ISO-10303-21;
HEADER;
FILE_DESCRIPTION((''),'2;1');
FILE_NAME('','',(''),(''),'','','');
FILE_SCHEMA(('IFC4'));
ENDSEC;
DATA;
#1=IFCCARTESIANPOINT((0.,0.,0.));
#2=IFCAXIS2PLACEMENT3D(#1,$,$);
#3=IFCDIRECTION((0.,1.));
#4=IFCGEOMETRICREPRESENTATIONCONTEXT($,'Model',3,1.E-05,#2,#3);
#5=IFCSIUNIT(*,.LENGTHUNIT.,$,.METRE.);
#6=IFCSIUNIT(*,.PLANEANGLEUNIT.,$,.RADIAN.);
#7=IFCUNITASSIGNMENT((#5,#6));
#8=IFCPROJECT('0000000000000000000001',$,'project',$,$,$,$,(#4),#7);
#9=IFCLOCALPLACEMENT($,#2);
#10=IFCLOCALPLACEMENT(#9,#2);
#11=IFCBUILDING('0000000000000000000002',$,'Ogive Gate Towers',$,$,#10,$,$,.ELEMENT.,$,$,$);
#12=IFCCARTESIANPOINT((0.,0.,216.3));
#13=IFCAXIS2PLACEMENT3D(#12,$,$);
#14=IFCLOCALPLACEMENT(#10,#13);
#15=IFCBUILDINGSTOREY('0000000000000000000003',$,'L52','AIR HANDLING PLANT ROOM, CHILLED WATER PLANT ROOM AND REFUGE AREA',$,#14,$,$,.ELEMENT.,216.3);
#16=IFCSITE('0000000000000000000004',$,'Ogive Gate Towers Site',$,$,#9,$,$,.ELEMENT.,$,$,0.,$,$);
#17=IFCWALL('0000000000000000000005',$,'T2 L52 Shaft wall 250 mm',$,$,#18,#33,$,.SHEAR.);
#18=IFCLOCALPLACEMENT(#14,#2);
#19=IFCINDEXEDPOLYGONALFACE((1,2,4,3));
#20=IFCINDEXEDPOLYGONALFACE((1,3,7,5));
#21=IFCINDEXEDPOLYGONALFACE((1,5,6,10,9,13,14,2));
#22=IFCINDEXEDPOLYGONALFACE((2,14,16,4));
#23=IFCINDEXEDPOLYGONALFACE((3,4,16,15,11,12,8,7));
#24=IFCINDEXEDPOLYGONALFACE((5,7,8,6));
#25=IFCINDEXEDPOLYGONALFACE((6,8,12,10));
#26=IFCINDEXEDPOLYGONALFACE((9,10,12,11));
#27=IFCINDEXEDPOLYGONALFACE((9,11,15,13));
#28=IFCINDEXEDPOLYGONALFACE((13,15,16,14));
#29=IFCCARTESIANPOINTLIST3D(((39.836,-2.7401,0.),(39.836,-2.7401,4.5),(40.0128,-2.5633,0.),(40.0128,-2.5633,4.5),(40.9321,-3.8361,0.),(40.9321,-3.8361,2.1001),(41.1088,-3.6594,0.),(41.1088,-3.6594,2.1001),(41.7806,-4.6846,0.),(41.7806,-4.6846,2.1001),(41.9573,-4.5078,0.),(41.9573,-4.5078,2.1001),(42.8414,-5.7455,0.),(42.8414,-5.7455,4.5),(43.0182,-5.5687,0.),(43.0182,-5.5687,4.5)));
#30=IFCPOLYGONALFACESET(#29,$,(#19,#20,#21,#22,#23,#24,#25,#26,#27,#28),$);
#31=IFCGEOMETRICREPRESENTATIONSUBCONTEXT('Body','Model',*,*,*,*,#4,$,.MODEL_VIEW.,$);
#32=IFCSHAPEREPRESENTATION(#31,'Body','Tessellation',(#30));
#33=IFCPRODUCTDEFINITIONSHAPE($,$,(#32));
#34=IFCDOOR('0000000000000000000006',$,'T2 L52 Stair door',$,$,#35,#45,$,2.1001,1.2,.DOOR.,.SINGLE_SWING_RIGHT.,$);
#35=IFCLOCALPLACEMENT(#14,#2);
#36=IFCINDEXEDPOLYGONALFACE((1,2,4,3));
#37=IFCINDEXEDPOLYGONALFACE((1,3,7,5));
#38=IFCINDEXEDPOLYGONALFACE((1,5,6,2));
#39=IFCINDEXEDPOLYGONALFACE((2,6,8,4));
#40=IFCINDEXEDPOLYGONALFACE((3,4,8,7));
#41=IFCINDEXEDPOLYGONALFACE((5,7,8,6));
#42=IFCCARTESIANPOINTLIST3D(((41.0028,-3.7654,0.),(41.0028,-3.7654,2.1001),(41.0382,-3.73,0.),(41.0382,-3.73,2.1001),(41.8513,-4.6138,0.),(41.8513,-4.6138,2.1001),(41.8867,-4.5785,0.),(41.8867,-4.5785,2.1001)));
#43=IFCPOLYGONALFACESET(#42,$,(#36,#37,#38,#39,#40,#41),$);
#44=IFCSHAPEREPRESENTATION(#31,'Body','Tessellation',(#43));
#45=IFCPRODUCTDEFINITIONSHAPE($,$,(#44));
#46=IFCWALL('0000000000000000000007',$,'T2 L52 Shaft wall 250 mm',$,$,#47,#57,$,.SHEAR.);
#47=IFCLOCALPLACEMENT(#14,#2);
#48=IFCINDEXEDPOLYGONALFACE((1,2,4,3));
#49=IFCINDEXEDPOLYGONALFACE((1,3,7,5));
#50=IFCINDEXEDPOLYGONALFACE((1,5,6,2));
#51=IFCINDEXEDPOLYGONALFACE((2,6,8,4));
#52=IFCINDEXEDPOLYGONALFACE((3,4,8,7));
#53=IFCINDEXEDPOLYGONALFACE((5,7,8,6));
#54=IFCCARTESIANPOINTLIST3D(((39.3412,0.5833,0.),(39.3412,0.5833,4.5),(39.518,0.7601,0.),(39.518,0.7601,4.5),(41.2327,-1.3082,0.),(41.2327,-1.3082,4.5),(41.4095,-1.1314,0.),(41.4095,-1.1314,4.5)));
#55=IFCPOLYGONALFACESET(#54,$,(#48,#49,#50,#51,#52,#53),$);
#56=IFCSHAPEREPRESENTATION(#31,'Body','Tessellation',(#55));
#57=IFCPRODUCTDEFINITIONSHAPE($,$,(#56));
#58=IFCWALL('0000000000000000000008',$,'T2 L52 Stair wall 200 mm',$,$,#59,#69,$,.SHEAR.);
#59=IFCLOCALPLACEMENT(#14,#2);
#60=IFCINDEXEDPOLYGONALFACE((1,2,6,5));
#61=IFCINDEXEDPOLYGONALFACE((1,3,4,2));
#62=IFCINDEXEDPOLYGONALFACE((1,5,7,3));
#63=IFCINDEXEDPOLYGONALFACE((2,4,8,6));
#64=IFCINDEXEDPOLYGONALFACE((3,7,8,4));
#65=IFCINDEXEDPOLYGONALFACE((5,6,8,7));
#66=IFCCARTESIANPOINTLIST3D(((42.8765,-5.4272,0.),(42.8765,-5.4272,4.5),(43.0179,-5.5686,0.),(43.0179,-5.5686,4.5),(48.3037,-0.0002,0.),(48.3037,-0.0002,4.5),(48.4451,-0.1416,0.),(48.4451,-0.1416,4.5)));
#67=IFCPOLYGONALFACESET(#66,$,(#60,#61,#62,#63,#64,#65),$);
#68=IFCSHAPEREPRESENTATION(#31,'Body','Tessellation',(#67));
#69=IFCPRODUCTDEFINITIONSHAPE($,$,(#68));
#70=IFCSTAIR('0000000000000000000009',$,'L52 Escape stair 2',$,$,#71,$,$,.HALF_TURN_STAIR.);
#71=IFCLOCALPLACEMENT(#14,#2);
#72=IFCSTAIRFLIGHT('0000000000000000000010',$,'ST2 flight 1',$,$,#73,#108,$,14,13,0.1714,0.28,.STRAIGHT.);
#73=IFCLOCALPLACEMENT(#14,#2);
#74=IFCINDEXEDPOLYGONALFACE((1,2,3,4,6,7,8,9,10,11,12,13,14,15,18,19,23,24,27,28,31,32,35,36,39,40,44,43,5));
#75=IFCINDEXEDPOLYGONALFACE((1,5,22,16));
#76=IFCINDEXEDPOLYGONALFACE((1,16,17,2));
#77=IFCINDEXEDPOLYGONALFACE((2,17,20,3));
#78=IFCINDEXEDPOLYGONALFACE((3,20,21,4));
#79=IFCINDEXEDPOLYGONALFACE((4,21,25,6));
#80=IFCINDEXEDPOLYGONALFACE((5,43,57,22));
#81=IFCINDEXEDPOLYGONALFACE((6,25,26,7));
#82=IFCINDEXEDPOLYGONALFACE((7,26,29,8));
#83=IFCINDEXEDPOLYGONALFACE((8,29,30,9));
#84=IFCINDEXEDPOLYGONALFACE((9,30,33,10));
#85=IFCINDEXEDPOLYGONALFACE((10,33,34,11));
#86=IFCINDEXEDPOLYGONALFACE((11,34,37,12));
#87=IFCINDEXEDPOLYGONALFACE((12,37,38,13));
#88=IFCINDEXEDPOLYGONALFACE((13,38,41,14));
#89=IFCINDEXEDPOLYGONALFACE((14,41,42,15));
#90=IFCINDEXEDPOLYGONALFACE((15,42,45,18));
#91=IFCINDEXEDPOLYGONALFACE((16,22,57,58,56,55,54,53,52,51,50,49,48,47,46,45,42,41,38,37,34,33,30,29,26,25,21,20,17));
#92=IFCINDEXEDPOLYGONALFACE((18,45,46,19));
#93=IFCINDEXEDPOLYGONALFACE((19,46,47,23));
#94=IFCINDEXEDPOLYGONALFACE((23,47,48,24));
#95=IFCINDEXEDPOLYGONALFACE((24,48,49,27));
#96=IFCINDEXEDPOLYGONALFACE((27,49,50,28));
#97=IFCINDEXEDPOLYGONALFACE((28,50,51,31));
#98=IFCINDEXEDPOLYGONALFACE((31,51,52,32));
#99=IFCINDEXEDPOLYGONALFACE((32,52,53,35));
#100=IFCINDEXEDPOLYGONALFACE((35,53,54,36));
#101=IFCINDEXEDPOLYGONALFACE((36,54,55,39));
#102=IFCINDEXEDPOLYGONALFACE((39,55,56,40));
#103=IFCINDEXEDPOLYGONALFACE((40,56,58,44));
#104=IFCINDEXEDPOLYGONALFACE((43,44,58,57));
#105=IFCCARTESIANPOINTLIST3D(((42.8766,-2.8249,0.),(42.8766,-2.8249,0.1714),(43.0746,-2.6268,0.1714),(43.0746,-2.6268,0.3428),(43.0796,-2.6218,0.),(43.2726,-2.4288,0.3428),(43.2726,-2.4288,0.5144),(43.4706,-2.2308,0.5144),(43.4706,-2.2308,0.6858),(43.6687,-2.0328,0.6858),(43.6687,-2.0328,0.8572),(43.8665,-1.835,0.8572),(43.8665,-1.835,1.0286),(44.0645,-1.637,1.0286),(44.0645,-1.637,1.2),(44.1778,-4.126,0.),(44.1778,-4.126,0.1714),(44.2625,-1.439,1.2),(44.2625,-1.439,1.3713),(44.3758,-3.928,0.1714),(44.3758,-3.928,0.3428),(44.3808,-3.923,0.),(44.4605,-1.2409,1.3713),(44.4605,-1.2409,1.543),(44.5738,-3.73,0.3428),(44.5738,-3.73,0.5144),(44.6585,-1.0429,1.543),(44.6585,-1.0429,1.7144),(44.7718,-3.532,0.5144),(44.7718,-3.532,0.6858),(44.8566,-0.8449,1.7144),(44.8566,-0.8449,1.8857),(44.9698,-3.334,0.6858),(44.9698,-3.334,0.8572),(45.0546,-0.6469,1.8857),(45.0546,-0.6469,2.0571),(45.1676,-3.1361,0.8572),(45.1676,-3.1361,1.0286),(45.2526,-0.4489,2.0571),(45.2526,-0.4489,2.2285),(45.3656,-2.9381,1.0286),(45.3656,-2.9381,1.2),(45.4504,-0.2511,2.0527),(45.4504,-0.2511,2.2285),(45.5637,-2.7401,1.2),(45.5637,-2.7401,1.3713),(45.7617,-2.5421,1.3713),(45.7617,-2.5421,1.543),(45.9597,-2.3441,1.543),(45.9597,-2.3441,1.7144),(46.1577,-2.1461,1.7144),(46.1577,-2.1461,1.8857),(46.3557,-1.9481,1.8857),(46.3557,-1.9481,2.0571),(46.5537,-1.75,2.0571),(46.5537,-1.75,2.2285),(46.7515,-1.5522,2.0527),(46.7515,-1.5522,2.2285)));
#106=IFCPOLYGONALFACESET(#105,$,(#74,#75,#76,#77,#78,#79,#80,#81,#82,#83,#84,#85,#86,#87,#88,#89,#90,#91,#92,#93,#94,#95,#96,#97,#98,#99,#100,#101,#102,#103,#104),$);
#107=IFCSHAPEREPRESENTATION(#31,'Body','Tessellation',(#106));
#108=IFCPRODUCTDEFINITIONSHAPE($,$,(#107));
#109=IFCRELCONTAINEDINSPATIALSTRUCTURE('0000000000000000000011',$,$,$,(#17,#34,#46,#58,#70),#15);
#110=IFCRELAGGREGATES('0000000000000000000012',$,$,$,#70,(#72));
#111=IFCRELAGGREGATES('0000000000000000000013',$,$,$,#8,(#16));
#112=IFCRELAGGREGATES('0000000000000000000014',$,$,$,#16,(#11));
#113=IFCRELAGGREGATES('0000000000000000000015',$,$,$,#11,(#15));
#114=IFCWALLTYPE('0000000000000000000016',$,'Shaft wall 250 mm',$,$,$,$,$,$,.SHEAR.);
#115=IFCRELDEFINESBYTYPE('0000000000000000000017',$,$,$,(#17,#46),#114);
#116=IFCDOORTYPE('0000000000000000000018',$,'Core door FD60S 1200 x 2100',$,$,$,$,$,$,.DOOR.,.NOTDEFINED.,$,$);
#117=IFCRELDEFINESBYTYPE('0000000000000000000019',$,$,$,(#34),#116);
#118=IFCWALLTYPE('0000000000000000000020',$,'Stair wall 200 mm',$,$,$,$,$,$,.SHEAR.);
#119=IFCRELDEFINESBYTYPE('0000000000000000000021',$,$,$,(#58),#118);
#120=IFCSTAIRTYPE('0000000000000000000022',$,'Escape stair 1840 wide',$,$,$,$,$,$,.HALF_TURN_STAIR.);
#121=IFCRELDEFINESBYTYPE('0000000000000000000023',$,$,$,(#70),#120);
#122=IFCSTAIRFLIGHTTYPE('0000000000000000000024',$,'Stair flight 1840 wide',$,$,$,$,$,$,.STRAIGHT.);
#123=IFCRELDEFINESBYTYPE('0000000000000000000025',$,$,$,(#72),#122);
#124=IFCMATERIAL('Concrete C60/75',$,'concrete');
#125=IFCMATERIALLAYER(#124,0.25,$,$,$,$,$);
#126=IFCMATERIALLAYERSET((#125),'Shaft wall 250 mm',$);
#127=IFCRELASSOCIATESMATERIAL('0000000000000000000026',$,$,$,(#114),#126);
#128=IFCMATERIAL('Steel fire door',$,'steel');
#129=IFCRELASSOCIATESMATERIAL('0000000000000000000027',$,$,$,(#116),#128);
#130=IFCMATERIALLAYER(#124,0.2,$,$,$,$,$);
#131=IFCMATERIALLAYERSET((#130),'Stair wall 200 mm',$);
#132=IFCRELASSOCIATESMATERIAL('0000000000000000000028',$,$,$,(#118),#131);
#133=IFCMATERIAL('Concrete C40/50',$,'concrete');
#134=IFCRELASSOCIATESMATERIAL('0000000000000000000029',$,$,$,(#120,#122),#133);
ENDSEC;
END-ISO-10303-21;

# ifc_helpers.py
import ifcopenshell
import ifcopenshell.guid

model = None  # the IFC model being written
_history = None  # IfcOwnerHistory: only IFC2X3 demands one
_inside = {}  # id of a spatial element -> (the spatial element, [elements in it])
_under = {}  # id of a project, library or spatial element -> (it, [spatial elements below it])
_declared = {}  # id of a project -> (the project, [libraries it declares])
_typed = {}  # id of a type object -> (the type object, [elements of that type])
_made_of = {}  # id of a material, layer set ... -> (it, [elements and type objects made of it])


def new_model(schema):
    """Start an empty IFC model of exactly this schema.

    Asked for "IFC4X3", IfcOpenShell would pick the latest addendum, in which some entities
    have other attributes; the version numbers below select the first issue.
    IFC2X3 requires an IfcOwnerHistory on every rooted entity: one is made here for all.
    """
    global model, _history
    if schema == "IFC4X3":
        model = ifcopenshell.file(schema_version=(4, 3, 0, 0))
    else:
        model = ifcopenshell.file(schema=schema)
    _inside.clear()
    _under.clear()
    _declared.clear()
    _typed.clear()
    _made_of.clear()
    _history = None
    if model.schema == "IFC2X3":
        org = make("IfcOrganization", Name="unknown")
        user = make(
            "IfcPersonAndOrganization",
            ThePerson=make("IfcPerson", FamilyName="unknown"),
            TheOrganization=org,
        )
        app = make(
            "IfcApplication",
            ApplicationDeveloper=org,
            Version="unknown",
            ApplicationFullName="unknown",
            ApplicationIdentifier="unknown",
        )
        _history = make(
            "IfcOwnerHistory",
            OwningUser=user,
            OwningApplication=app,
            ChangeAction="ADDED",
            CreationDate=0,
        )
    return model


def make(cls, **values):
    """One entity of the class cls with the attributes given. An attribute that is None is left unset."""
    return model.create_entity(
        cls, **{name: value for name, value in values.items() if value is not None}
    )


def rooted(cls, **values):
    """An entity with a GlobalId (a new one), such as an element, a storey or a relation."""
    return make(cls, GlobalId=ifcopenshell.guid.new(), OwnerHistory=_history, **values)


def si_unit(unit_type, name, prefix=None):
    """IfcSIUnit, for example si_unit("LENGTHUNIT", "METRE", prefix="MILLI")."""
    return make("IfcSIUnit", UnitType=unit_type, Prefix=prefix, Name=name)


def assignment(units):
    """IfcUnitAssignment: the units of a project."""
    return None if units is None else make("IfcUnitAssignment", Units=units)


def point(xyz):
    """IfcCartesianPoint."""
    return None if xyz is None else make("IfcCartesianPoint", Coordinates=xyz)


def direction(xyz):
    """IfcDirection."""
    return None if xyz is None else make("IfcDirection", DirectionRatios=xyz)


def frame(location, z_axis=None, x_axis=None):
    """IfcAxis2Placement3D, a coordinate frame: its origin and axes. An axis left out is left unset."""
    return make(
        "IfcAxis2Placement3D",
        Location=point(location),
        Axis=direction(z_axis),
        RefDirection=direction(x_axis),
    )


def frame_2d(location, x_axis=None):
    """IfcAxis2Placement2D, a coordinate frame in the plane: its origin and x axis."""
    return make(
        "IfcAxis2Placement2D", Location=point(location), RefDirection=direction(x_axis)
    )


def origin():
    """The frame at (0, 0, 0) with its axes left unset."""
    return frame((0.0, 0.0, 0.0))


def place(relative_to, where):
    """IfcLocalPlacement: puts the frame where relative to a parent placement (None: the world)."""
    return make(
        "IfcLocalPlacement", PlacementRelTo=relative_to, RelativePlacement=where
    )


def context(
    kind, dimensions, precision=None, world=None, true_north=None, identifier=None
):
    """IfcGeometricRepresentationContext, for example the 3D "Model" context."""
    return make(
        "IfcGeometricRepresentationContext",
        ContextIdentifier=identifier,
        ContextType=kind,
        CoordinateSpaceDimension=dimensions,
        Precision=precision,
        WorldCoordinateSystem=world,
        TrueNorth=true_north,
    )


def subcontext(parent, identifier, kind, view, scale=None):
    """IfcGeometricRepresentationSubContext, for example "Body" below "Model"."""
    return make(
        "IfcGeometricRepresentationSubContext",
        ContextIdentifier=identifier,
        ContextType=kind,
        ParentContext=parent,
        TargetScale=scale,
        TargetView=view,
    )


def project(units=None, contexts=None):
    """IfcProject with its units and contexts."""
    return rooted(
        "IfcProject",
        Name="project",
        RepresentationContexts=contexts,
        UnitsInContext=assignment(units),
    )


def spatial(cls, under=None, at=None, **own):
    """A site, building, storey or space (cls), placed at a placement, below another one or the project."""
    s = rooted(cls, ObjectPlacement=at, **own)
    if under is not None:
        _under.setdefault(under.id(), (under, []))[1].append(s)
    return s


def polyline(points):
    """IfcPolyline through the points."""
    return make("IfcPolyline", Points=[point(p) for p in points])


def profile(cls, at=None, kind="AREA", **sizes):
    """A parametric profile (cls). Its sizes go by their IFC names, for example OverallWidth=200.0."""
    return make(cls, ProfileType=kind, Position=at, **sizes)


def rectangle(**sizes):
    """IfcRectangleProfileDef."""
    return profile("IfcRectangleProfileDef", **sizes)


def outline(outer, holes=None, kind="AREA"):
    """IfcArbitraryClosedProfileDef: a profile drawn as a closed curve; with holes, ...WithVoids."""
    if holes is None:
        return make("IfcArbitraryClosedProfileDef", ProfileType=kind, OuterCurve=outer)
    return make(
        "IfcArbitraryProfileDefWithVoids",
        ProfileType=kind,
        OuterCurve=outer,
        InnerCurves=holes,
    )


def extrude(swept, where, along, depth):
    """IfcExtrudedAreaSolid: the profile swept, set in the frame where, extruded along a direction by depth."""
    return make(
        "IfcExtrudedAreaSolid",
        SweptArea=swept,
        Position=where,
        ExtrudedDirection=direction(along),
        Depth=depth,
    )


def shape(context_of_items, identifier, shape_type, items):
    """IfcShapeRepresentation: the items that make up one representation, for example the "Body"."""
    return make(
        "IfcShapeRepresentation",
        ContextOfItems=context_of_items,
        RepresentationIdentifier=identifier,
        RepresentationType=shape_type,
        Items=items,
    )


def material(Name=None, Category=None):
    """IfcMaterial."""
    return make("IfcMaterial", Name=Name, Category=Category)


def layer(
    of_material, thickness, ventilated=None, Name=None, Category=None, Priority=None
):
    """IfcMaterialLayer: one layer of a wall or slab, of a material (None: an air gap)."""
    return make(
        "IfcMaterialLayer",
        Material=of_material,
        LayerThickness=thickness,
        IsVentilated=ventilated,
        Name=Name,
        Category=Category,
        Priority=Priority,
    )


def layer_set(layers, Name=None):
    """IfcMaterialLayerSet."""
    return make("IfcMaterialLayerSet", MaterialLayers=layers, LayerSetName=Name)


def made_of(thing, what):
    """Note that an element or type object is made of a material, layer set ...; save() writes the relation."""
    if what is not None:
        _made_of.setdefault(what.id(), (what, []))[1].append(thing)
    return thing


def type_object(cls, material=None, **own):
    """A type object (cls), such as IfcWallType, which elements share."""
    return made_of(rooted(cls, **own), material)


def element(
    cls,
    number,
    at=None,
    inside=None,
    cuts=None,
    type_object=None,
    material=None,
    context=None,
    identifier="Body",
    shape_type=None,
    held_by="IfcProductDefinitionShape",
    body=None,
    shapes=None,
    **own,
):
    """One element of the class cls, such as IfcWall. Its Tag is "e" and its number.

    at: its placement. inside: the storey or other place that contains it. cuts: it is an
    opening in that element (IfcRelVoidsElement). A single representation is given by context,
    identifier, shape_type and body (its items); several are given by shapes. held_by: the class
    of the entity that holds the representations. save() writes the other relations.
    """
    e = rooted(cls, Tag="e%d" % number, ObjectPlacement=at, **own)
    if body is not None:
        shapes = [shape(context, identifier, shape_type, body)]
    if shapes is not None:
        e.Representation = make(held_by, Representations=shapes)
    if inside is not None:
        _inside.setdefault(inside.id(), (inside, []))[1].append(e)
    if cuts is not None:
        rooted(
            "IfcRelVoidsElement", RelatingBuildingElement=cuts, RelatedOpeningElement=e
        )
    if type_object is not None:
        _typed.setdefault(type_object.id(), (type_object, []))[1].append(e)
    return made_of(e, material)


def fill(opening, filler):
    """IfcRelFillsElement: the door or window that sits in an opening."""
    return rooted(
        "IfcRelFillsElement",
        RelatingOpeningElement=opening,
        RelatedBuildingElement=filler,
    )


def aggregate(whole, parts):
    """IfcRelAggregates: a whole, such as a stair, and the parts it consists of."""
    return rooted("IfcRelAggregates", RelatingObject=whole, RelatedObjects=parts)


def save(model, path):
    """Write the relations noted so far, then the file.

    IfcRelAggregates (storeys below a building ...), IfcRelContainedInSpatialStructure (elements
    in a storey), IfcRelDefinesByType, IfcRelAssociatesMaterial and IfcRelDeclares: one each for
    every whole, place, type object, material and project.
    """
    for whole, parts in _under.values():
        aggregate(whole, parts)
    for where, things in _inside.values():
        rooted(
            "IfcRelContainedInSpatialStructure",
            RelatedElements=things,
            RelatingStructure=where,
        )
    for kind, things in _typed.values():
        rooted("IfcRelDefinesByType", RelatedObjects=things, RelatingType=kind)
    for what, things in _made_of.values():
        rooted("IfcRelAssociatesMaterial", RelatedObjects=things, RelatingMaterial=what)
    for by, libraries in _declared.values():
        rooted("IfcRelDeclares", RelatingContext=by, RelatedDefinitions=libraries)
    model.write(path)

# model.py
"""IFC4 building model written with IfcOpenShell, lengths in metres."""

from ifc_helpers import new_model, si_unit, direction, frame, frame_2d, origin, place, context, subcontext, project, spatial, polyline, rectangle, outline, extrude, material, layer, layer_set, type_object, element, fill, aggregate, save


model = new_model("IFC4")

# Units and contexts
model_context = context("Model", 3, precision=1e-05, world=origin(), true_north=direction((0.0, 1.0)))
body_context = subcontext(model_context, "Body", "Model", "MODEL_VIEW")
ifc_project = project(units=[si_unit("LENGTHUNIT", "METRE"), si_unit("PLANEANGLEUNIT", "RADIAN")], contexts=[model_context])

# Site, building, storey
site_placement = place(None, origin())
site = spatial("IfcSite", under=ifc_project, at=site_placement, Name="Ogive Gate Towers Site", CompositionType="ELEMENT", RefElevation=0.0)
building_placement = place(site_placement, origin())
building = spatial("IfcBuilding", under=site, at=building_placement, Name="Ogive Gate Towers", CompositionType="ELEMENT")
storey_placement = place(building_placement, frame((0.0, 0.0, 216.3)))
storey = spatial("IfcBuildingStorey", under=building, at=storey_placement, Name="L52", Description="AIR HANDLING PLANT ROOM, CHILLED WATER PLANT ROOM AND REFUGE AREA", CompositionType="ELEMENT", Elevation=216.3)

# Shared definitions
ifc_material_1 = material(Name="Steel fire door", Category="steel")

# Shared definitions
ifc_material_2 = material(Name="Concrete C60/75", Category="concrete")
ifc_layer_1 = layer(ifc_material_2, 0.25)
ifc_layer_set_1 = layer_set([ifc_layer_1], Name="Shaft wall 250 mm")
wall_type_1 = type_object("IfcWallType", Name="Shaft wall 250 mm", PredefinedType="SHEAR", material=ifc_layer_set_1)

# Wall, opening, door
wall_1_placement = place(storey_placement, frame((42.9297, -5.657, 0.0), z_axis=(0.0, 0.0, 1.0), x_axis=(-0.707107, 0.707107, 0.0)))
wall_1 = element("IfcWall", 1, at=wall_1_placement, inside=storey, type_object=wall_type_1, Name="T2 L52 Shaft wall 250 mm", PredefinedType="SHEAR", context=body_context, shape_type="SweptSolid", body=[
    extrude(rectangle(XDim=4.2502, YDim=0.25, at=frame_2d((2.125, 0.0))), origin(), (0.0, 0.0, 1.0), 4.5),
])
opening_1_placement = place(wall_1_placement, frame((1.5, 0.0, 0.0)))
opening_1 = element("IfcOpeningElement", 2, at=opening_1_placement, cuts=wall_1, PredefinedType="OPENING", context=body_context, shape_type="SweptSolid", body=[
    extrude(rectangle(XDim=1.2, YDim=2.1001, at=frame_2d((0.6001, 1.05))), frame((0.0, 0.135, 0.0), z_axis=(0.0, -1.0, 0.0), x_axis=(1.0, 0.0, 0.0)), (0.0, 0.0, 1.0), 0.27),
])
door_type_1 = type_object("IfcDoorType", Name="Core door FD60S 1200 x 2100", OperationType="NOTDEFINED", PredefinedType="DOOR", material=ifc_material_1)
door_1_placement = place(opening_1_placement, origin())
door_1 = element("IfcDoor", 3, at=door_1_placement, inside=storey, type_object=door_type_1, Name="T2 L52 Stair door", OperationType="SINGLE_SWING_RIGHT", OverallHeight=2.1001, OverallWidth=1.2, PredefinedType="DOOR", context=body_context, shape_type="SweptSolid", body=[
    extrude(rectangle(XDim=1.2, YDim=2.1001, at=frame_2d((0.6001, 1.05))), frame((0.0, 0.0249, 0.0), z_axis=(0.0, -1.0, 0.0), x_axis=(1.0, 0.0, 0.0)), (0.0, 0.0, 1.0), 0.05),
])
fill(opening_1, door_1)

# Walls
wall_2_placement = place(storey_placement, frame((41.321, -1.2197, 0.0), z_axis=(0.0, 0.0, 1.0), x_axis=(-0.707107, 0.707107, 0.0)))
element("IfcWall", 4, at=wall_2_placement, inside=storey, type_object=wall_type_1, Name="T2 L52 Shaft wall 250 mm", PredefinedType="SHEAR", context=body_context, shape_type="SweptSolid", body=[
    extrude(rectangle(XDim=2.675, YDim=0.25, at=frame_2d((1.3374, 0.0))), origin(), (0.0, 0.0, 1.0), 4.5),
])
ifc_layer_2 = layer(ifc_material_2, 0.2)
ifc_layer_set_2 = layer_set([ifc_layer_2], Name="Stair wall 200 mm")
wall_type_2 = type_object("IfcWallType", Name="Stair wall 200 mm", PredefinedType="SHEAR", material=ifc_layer_set_2)
wall_3_placement = place(storey_placement, frame((42.9473, -5.4978, 0.0), z_axis=(0.0, 0.0, 1.0), x_axis=(0.707123, 0.707091, 0.0)))
element("IfcWall", 5, at=wall_3_placement, inside=storey, type_object=wall_type_2, Name="T2 L52 Stair wall 200 mm", PredefinedType="SHEAR", context=body_context, shape_type="SweptSolid", body=[
    extrude(rectangle(XDim=7.675, YDim=0.2, at=frame_2d((3.8374, 0.0))), origin(), (0.0, 0.0, 1.0), 4.5),
])

# Stair, stair flight
ifc_material_3 = material(Name="Concrete C40/50", Category="concrete")
stair_type = type_object("IfcStairType", Name="Escape stair 1840 wide", PredefinedType="HALF_TURN_STAIR", material=ifc_material_3)
stair_placement = place(storey_placement, origin())
stair = element("IfcStair", 6, at=stair_placement, inside=storey, type_object=stair_type, Name="L52 Escape stair 2", PredefinedType="HALF_TURN_STAIR")
stair_flight_type = type_object("IfcStairFlightType", Name="Stair flight 1840 wide", PredefinedType="STRAIGHT", material=ifc_material_3)
stair_flight_placement = place(storey_placement, frame((43.5271, -3.4753, 0.0), z_axis=(0.0, 0.0, 1.0), x_axis=(0.707107, 0.707107, 0.0)))
stair_flight = element("IfcStairFlight", 7, at=stair_flight_placement, type_object=stair_flight_type, Name="ST2 flight 1", NumberOfRisers=14, NumberOfTreads=13, PredefinedType="STRAIGHT", RiserHeight=0.1714, TreadLength=0.28, context=body_context, shape_type="SweptSolid", body=[
    extrude(outline(polyline([(0.0, 0.0), (0.0, 0.1714), (0.28, 0.1714), (0.28, 0.3428), (0.5601, 0.3428), (0.5601, 0.5144), (0.8401, 0.5144), (0.8401, 0.6858), (1.1201, 0.6858), (1.1201, 0.8572), (1.3999, 0.8572), (1.3999, 1.0286), (1.6799, 1.0286), (1.6799, 1.2), (1.96, 1.2), (1.96, 1.3713), (2.24, 1.3713), (2.24, 1.543), (2.52, 1.543), (2.52, 1.7144), (2.8, 1.7144), (2.8, 1.8857), (3.0801, 1.8857), (3.0801, 2.0571), (3.3601, 2.0571), (3.3601, 2.2285), (3.6399, 2.2285), (3.6399, 2.3999), (3.6399, 2.0527), (0.2871, 0.0), (0.0, 0.0)])), frame((0.0, 0.9199, 0.0), z_axis=(0.0, -1.0, 0.0), x_axis=(1.0, 0.0, 0.0)), (0.0, 0.0, 1.0), 1.8401),
])
aggregate(stair, [stair_flight])

save(model, "model.ifc")
